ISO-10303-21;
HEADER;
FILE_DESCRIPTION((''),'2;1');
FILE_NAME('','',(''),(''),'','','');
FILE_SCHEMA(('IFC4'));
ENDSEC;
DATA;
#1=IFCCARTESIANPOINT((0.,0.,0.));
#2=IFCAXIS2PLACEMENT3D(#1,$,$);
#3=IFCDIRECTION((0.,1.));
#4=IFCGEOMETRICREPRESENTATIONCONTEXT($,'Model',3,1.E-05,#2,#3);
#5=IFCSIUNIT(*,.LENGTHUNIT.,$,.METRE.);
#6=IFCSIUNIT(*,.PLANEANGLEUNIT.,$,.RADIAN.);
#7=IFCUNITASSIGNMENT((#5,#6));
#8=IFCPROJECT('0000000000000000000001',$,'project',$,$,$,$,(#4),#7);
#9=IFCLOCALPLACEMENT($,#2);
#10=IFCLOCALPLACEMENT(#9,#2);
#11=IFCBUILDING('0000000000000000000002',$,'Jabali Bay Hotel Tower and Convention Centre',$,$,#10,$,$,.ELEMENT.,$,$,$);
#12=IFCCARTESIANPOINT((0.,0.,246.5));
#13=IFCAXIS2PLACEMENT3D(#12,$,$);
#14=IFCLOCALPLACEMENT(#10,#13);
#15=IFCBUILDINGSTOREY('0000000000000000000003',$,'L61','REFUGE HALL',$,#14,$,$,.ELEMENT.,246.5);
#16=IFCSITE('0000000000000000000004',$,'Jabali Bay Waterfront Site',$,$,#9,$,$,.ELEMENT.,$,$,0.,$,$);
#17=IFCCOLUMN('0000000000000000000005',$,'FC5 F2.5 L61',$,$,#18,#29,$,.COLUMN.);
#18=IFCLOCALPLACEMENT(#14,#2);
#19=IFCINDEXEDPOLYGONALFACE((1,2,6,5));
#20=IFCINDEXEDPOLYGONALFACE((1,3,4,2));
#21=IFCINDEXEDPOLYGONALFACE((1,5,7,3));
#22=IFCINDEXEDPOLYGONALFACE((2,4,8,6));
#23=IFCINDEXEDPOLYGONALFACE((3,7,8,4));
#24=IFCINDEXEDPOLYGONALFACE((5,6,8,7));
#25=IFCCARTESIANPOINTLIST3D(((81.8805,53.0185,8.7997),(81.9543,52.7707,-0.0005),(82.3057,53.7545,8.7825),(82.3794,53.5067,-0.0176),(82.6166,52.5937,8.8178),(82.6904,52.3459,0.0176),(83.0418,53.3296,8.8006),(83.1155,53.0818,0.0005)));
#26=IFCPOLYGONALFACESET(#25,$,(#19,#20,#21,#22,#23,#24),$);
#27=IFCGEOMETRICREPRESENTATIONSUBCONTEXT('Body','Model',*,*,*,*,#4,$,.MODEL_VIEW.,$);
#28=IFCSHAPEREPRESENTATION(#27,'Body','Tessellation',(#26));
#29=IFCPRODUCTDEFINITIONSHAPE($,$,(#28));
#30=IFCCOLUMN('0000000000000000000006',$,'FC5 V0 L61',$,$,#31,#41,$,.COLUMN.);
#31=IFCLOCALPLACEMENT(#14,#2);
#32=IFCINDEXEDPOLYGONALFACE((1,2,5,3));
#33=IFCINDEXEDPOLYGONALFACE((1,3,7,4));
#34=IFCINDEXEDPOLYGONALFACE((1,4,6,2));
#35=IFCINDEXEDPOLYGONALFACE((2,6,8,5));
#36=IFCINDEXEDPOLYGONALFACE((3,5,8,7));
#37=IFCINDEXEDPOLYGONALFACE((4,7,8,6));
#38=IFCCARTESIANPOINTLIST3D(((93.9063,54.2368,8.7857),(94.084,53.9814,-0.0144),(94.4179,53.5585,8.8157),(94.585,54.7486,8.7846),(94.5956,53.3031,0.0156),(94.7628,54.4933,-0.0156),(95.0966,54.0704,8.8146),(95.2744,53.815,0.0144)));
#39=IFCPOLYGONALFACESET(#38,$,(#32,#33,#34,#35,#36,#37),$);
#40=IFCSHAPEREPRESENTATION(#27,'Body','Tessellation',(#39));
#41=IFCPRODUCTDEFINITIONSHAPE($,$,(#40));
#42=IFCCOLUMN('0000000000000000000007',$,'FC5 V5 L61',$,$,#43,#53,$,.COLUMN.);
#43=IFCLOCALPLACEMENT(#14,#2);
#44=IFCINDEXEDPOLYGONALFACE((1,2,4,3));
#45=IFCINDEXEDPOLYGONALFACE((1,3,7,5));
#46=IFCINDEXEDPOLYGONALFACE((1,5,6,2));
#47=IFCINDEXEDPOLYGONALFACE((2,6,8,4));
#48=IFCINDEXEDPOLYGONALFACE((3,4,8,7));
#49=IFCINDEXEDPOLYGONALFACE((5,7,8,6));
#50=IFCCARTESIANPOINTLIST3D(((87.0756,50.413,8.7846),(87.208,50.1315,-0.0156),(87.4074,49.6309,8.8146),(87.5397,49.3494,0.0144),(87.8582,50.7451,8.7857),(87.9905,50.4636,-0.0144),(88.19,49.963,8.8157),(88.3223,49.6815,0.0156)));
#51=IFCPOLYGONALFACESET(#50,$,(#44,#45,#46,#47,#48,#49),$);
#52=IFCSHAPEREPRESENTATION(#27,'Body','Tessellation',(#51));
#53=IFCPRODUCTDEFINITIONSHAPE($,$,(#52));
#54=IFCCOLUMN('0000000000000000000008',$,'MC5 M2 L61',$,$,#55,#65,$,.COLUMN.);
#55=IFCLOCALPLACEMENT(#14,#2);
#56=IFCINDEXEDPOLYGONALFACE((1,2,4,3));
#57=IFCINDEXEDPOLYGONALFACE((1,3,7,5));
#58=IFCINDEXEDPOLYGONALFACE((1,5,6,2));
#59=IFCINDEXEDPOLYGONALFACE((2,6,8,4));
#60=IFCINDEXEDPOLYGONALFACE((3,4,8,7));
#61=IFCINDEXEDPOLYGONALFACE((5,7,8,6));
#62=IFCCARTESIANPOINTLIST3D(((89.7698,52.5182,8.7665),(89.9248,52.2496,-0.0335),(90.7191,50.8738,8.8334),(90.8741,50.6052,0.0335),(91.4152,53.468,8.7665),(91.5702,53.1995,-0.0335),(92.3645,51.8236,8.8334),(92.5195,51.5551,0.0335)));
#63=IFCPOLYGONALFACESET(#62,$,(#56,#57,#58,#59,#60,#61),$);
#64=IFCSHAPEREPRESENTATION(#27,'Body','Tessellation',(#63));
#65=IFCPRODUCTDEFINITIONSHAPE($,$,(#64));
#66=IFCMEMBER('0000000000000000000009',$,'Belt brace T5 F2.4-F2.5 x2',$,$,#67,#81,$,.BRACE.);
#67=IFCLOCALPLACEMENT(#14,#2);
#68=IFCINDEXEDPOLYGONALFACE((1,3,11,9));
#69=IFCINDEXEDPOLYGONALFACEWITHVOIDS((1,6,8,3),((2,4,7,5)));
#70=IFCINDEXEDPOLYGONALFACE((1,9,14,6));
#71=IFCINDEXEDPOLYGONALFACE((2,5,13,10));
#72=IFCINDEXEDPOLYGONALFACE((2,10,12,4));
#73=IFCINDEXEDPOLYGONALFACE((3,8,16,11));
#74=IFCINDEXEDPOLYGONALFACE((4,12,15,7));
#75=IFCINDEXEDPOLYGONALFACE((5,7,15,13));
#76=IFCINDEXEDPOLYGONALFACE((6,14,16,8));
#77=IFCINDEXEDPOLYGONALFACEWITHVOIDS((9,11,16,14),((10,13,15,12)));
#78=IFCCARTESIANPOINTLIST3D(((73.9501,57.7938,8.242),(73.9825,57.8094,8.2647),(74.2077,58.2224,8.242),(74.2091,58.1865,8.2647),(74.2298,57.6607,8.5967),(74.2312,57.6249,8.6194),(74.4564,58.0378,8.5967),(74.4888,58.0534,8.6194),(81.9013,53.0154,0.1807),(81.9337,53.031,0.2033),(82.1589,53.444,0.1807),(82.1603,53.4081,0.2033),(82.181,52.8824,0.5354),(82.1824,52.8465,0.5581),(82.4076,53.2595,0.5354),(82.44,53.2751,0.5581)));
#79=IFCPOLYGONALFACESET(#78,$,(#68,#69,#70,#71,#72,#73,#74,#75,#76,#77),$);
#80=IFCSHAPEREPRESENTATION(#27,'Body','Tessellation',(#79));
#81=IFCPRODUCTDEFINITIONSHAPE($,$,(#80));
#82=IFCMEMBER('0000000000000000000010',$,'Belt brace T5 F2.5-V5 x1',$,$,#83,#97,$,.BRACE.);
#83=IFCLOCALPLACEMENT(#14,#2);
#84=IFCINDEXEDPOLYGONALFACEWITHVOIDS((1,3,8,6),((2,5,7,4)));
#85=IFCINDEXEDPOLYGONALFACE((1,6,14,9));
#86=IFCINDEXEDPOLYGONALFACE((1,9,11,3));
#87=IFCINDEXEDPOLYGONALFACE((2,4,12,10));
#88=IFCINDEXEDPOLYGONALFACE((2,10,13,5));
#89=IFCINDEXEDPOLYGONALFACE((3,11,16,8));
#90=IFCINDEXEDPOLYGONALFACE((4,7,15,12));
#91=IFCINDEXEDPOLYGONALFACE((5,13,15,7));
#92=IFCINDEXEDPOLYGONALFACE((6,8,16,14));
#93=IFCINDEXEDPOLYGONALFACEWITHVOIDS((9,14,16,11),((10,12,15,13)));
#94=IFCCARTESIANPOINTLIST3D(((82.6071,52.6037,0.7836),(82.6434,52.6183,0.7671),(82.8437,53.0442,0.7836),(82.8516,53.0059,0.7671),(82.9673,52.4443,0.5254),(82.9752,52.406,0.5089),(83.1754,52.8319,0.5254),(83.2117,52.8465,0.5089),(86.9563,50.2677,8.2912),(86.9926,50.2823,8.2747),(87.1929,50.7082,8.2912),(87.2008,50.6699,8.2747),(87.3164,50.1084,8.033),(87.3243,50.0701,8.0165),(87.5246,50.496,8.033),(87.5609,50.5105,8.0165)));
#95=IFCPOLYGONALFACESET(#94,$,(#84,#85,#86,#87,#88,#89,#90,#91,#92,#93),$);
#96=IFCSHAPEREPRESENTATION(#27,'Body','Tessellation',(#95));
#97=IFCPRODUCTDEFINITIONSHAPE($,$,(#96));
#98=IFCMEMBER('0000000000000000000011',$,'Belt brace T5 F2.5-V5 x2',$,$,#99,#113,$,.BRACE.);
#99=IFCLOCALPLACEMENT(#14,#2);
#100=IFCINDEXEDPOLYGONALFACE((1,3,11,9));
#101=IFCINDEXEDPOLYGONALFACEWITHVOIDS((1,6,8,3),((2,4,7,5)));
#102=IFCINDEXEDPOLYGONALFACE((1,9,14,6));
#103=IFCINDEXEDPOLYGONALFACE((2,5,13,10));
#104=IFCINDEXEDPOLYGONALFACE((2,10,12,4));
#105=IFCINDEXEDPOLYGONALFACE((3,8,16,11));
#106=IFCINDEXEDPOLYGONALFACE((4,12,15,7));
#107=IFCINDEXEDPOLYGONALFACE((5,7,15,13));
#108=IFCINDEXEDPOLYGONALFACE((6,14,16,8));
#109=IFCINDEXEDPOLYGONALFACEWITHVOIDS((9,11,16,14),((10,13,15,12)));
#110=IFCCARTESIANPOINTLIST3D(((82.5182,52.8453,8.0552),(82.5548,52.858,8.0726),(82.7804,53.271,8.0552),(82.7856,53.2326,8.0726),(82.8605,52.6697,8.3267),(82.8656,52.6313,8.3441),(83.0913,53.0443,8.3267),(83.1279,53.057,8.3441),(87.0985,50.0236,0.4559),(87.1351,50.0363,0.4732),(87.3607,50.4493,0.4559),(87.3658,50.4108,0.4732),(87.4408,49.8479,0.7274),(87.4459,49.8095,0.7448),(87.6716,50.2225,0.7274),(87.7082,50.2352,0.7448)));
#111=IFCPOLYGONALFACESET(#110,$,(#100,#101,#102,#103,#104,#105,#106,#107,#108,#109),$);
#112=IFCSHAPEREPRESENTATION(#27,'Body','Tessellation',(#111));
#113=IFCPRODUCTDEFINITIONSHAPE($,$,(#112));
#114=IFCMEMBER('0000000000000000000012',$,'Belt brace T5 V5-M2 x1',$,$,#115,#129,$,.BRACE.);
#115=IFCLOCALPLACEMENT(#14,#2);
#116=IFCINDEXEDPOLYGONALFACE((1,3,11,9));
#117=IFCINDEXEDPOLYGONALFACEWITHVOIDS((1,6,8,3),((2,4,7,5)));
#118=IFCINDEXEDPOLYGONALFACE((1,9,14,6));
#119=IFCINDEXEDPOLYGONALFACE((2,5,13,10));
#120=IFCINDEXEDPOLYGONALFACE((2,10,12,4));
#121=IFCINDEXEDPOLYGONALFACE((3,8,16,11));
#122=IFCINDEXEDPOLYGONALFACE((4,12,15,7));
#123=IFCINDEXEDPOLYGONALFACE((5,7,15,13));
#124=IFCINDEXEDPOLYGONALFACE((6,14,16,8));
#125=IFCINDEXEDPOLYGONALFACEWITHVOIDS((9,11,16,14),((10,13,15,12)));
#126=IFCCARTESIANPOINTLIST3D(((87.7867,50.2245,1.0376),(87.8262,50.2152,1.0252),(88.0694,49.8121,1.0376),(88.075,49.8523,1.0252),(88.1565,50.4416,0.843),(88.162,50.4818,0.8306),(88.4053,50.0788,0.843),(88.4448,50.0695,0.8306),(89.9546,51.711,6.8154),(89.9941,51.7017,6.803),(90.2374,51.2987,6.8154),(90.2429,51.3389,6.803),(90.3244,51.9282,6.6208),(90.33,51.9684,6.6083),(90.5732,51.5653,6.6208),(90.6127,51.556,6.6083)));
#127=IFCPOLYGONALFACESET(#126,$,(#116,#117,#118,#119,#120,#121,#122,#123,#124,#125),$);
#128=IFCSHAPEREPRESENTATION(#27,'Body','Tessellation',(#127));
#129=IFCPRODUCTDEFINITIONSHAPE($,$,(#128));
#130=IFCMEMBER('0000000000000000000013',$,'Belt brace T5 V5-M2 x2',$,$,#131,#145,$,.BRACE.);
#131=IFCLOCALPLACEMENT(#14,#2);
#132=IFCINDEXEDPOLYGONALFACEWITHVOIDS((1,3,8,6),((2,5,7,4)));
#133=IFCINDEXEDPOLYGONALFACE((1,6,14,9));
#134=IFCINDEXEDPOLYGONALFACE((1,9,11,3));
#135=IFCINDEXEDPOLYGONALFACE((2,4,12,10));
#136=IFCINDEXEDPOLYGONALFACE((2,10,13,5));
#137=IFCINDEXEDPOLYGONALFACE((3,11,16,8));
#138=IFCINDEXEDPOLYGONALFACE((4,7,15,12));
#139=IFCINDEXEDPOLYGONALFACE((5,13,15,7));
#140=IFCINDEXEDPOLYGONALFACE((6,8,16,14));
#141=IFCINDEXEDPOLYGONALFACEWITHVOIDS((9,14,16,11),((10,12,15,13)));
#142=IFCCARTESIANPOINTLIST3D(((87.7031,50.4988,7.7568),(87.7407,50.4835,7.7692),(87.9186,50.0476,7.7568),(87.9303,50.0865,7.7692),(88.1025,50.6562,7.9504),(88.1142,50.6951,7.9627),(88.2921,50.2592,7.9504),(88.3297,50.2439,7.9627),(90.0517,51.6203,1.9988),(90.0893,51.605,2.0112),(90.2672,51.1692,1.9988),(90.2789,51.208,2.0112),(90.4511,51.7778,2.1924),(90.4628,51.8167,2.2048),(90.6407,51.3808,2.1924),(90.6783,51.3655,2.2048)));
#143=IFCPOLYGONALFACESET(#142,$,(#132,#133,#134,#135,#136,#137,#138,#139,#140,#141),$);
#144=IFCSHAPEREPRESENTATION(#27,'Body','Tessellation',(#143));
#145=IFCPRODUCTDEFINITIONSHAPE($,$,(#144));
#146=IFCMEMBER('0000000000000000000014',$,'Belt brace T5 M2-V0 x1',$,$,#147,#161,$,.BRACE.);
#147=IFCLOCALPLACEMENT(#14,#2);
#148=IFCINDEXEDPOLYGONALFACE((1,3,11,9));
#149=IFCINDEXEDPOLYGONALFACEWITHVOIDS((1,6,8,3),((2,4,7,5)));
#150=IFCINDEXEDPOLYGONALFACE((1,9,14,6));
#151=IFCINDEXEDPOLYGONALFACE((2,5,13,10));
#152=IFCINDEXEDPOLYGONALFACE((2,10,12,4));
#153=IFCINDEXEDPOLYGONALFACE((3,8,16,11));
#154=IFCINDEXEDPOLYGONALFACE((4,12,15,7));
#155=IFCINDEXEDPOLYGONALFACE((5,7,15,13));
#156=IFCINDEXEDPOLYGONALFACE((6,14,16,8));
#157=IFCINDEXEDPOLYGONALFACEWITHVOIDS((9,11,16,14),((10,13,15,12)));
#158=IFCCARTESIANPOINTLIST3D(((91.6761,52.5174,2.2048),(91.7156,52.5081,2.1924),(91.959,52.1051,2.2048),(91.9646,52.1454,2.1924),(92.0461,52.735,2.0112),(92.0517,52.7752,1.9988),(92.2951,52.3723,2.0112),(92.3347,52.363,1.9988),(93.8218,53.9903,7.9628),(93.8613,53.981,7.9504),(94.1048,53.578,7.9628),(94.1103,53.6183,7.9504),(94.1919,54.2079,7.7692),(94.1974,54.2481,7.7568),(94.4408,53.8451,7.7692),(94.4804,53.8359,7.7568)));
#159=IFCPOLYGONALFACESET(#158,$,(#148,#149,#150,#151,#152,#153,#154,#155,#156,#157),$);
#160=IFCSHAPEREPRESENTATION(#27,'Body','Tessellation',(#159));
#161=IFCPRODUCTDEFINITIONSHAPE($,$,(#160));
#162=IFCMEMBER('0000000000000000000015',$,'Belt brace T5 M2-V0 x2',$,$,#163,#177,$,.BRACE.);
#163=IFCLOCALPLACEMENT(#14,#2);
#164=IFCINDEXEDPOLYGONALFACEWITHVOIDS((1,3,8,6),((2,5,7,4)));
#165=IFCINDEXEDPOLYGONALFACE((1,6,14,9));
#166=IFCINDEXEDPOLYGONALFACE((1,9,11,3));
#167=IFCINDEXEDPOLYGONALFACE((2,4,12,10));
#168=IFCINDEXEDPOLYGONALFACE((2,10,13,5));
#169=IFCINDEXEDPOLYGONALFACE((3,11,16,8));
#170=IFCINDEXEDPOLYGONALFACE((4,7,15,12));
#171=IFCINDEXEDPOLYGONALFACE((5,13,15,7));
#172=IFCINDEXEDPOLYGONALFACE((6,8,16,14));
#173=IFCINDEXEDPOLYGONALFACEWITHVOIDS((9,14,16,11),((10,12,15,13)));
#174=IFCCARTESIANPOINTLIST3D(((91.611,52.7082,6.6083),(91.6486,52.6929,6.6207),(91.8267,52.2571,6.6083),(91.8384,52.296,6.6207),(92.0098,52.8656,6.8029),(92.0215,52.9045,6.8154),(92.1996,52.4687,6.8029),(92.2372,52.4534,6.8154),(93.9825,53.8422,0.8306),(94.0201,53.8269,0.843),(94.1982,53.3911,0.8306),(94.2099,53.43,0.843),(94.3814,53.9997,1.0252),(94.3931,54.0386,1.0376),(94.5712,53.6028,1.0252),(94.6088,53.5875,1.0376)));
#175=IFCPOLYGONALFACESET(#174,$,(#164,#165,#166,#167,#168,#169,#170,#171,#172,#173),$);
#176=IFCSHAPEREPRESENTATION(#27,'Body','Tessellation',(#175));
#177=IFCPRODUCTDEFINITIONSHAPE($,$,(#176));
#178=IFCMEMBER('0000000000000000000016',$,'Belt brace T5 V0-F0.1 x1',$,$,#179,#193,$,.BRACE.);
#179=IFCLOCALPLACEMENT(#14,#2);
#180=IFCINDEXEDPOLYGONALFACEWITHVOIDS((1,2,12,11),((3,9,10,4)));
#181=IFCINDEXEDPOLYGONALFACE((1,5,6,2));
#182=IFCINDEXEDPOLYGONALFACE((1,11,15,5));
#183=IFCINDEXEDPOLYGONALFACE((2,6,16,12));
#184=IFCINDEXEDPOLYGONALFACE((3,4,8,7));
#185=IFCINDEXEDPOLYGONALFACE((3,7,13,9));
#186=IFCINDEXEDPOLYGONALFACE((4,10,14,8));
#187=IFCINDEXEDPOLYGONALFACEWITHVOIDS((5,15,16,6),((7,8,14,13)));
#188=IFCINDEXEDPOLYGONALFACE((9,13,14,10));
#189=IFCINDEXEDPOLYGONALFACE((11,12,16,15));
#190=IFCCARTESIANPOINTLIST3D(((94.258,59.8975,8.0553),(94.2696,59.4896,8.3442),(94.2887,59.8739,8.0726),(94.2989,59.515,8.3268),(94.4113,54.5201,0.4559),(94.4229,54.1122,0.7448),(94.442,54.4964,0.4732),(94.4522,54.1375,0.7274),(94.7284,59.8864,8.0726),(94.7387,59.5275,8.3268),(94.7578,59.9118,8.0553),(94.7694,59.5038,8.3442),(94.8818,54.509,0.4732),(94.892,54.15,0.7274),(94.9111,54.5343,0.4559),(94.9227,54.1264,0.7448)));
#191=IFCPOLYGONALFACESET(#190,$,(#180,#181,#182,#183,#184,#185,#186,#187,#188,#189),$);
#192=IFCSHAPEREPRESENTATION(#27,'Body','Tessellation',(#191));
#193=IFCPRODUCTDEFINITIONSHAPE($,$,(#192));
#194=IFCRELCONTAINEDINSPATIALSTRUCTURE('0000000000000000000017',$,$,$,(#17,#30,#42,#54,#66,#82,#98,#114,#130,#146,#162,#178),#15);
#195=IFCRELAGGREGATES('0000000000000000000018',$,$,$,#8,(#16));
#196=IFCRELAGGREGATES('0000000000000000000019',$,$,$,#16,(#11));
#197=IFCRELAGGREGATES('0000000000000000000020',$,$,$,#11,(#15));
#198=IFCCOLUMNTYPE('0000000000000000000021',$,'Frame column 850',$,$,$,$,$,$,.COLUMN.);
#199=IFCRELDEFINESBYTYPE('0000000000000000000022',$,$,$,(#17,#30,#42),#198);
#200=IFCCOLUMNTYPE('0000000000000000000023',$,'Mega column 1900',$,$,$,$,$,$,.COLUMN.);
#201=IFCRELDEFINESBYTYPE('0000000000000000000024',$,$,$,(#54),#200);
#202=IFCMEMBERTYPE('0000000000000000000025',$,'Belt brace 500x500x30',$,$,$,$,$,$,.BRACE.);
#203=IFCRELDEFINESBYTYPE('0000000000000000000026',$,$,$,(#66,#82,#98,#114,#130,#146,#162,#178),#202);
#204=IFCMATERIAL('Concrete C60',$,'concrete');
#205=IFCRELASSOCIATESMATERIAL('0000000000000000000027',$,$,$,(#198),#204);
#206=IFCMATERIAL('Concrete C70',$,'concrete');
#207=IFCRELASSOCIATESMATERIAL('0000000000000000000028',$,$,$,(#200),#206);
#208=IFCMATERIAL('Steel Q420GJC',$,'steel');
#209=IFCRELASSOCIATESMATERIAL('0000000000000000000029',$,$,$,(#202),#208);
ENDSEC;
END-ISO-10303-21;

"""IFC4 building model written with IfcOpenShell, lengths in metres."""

from ifc_helpers import new_model, si_unit, direction, frame, origin, origin_2d, place, context, subcontext, project, spatial, rectangle, hollow_rectangle, extrude, material, material_profile, profile_set, type_object, element, save


model = new_model("IFC4")

# Units and contexts
model_context = context("Model", 3, precision=1e-05, world=origin(), true_north=direction((0.0, 1.0)))
body_context = subcontext(model_context, "Body", "Model", "MODEL_VIEW")
ifc_project = project(units=[si_unit("LENGTHUNIT", "METRE"), si_unit("PLANEANGLEUNIT", "RADIAN")], contexts=[model_context])

# Site, building, storey
site_placement = place(None, origin())
site = spatial("IfcSite", under=ifc_project, at=site_placement, Name="Jabali Bay Waterfront Site", CompositionType="ELEMENT", RefElevation=0.0)
building_placement = place(site_placement, origin())
building = spatial("IfcBuilding", under=site, at=building_placement, Name="Jabali Bay Hotel Tower and Convention Centre", CompositionType="ELEMENT")
storey_placement = place(building_placement, frame((0.0, 0.0, 246.5)))
storey = spatial("IfcBuildingStorey", under=building, at=storey_placement, Name="L61", Description="REFUGE HALL", CompositionType="ELEMENT", Elevation=246.5)

# Columns
ifc_material_1 = material(Name="Concrete C60", Category="concrete")
ifc_material_profile_1 = material_profile(ifc_material_1, rectangle(XDim=0.8501, YDim=0.8501, at=origin_2d()), Name="Frame column 850")
ifc_profile_set_1 = profile_set([ifc_material_profile_1], Name="Concrete C60")
column_type_1 = type_object("IfcColumnType", Name="Frame column 850", PredefinedType="COLUMN", material=ifc_profile_set_1)
column_1_placement = place(storey_placement, frame((82.5349, 52.9263, 0.0), z_axis=(-0.008375, 0.028147, 0.999569), x_axis=(-0.500143, -0.865708, 0.020187)))
element("IfcColumn", 1, at=column_1_placement, inside=storey, type_object=column_type_1, Name="FC5 F2.5 L61", PredefinedType="COLUMN", context=body_context, shape_type="SweptSolid", body=[
    extrude(rectangle(XDim=0.8501, YDim=0.8501, at=origin_2d()), origin(), (0.0, 0.0, 1.0), 8.804),
])
for number, where, z_axis, x_axis, name in (
    (2, (94.6792, 53.8982, 0.0), (-0.020184, 0.029001, 0.999376), (-0.798381, -0.602151, 0.001349), "FC5 V0 L61"),
    (3, (87.7651, 49.9065, 0.0), (-0.015027, 0.031968, 0.999376), (0.390291, -0.920015, 0.035298), "FC5 V5 L61"),
):
    element("IfcColumn", number, at=place(storey_placement, frame(where, z_axis=z_axis, x_axis=x_axis)), inside=storey, type_object=column_type_1, Name=name, PredefinedType="COLUMN", context=body_context, shape_type="SweptSolid", body=[
        extrude(rectangle(XDim=0.8501, YDim=0.8501, at=origin_2d()), origin(), (0.0, 0.0, 1.0), 8.8057),
    ])
ifc_material_2 = material(Name="Concrete C70", Category="concrete")
ifc_material_profile_2 = material_profile(ifc_material_2, rectangle(XDim=1.8999, YDim=1.8999, at=origin_2d()), Name="Mega column 1900")
ifc_profile_set_2 = profile_set([ifc_material_profile_2], Name="Concrete C70")
column_type_2 = type_object("IfcColumnType", Name="Mega column 1900", PredefinedType="COLUMN", material=ifc_profile_set_2)
column_2_placement = place(storey_placement, frame((91.2222, 51.9023, 0.0), z_axis=(-0.017606, 0.030498, 0.99938), x_axis=(-0.866054, -0.49995, 0.0)))
element("IfcColumn", 4, at=column_2_placement, inside=storey, type_object=column_type_2, Name="MC5 M2 L61", PredefinedType="COLUMN", context=body_context, shape_type="SweptSolid", body=[
    extrude(rectangle(XDim=1.8999, YDim=1.8999, at=origin_2d()), origin(), (0.0, 0.0, 1.0), 8.8054),
])

# Members
ifc_material_3 = material(Name="Steel Q420GJC", Category="steel")
ifc_material_profile_3 = material_profile(ifc_material_3, hollow_rectangle(XDim=0.5, YDim=0.5, WallThickness=0.03, at=origin_2d()), Name="Belt brace 500x500x30")
ifc_profile_set_3 = profile_set([ifc_material_profile_3], Name="Steel Q420GJC")
member_type_1 = type_object("IfcMemberType", Name="Belt brace 500x500x30", PredefinedType="BRACE", material=ifc_profile_set_3)
member_1_placement = place(storey_placement, frame((82.1707, 53.1453, 0.3694), z_axis=(-0.646976, 0.388806, 0.655936), x_axis=(-0.515099, -0.85713, 0.0)))
element("IfcMember", 5, at=member_1_placement, inside=storey, type_object=member_type_1, Name="Belt brace T5 F2.4-F2.5 x2", PredefinedType="BRACE", context=body_context, shape_type="SweptSolid", body=[
    extrude(hollow_rectangle(XDim=0.5, YDim=0.5, WallThickness=0.03, at=origin_2d()), origin(), (0.0, 0.0, 1.0), 12.2898),
])
member_2_placement = place(storey_placement, frame((82.9094, 52.7251, 0.6462), z_axis=(0.484028, -0.259974, 0.835542), x_axis=(0.473174, 0.880969, 0.0)))
element("IfcMember", 6, at=member_2_placement, inside=storey, type_object=member_type_1, Name="Belt brace T5 F2.5-V5 x1", PredefinedType="BRACE", context=body_context, shape_type="SweptSolid", body=[
    extrude(hollow_rectangle(XDim=0.5, YDim=0.5, WallThickness=0.03, at=origin_2d()), origin(), (0.0, 0.0, 1.0), 8.9854),
])
member_3_placement = place(storey_placement, frame((87.4033, 50.1294, 0.6003), z_axis=(-0.491933, 0.303063, 0.816183), x_axis=(-0.524518, -0.8514, 0.0)))
element("IfcMember", 7, at=member_3_placement, inside=storey, type_object=member_type_1, Name="Belt brace T5 F2.5-V5 x2", PredefinedType="BRACE", context=body_context, shape_type="SweptSolid", body=[
    extrude(hollow_rectangle(XDim=0.5, YDim=0.5, WallThickness=0.03, at=origin_2d()), origin(), (0.0, 0.0, 1.0), 9.3108),
])
member_4_placement = place(storey_placement, frame((88.1157, 50.147, 0.9341), z_axis=(0.341536, 0.234191, 0.910224), x_axis=(-0.565519, 0.824735, 0.0)))
element("IfcMember", 8, at=member_4_placement, inside=storey, type_object=member_type_1, Name="Belt brace T5 V5-M2 x1", PredefinedType="BRACE", context=body_context, shape_type="SweptSolid", body=[
    extrude(hollow_rectangle(XDim=0.5, YDim=0.5, WallThickness=0.03, at=origin_2d()), origin(), (0.0, 0.0, 1.0), 6.3477),
])
for number, where, z_axis, x_axis, name in (
    (9, (90.365, 51.4929, 2.1018), (-0.37168, -0.177495, 0.911235), (0.430931, -0.902385, 0.0), "Belt brace T5 V5-M2 x2"),
    (10, (92.0054, 52.4402, 2.1018), (0.339575, 0.233093, 0.911239), (-0.565928, 0.824455, 0.0), "Belt brace T5 M2-V0 x1"),
):
    element("IfcMember", number, at=place(storey_placement, frame(where, z_axis=z_axis, x_axis=x_axis)), inside=storey, type_object=member_type_1, Name=name, PredefinedType="BRACE", context=body_context, shape_type="SweptSolid", body=[
        extrude(hollow_rectangle(XDim=0.5, YDim=0.5, WallThickness=0.03, at=origin_2d()), origin(), (0.0, 0.0, 1.0), 6.3188),
    ])
member_5_placement = place(storey_placement, frame((94.2957, 53.7148, 0.9341), z_axis=(-0.373611, -0.178652, 0.910219), x_axis=(0.431393, -0.902164, 0.0)))
element("IfcMember", 11, at=member_5_placement, inside=storey, type_object=member_type_1, Name="Belt brace T5 M2-V0 x2", PredefinedType="BRACE", context=body_context, shape_type="SweptSolid", body=[
    extrude(hollow_rectangle(XDim=0.5, YDim=0.5, WallThickness=0.03, at=origin_2d()), origin(), (0.0, 0.0, 1.0), 6.3477),
])
member_6_placement = place(storey_placement, frame((94.667, 54.3232, 0.6003), z_axis=(-0.016467, 0.57755, 0.816189), x_axis=(-0.999594, -0.0285, 0.0)))
element("IfcMember", 12, at=member_6_placement, inside=storey, type_object=member_type_1, Name="Belt brace T5 V0-F0.1 x1", PredefinedType="BRACE", context=body_context, shape_type="SweptSolid", body=[
    extrude(hollow_rectangle(XDim=0.5, YDim=0.5, WallThickness=0.03, at=origin_2d()), origin(), (0.0, 0.0, 1.0), 9.3108),
])

save(model, "model.ifc")
